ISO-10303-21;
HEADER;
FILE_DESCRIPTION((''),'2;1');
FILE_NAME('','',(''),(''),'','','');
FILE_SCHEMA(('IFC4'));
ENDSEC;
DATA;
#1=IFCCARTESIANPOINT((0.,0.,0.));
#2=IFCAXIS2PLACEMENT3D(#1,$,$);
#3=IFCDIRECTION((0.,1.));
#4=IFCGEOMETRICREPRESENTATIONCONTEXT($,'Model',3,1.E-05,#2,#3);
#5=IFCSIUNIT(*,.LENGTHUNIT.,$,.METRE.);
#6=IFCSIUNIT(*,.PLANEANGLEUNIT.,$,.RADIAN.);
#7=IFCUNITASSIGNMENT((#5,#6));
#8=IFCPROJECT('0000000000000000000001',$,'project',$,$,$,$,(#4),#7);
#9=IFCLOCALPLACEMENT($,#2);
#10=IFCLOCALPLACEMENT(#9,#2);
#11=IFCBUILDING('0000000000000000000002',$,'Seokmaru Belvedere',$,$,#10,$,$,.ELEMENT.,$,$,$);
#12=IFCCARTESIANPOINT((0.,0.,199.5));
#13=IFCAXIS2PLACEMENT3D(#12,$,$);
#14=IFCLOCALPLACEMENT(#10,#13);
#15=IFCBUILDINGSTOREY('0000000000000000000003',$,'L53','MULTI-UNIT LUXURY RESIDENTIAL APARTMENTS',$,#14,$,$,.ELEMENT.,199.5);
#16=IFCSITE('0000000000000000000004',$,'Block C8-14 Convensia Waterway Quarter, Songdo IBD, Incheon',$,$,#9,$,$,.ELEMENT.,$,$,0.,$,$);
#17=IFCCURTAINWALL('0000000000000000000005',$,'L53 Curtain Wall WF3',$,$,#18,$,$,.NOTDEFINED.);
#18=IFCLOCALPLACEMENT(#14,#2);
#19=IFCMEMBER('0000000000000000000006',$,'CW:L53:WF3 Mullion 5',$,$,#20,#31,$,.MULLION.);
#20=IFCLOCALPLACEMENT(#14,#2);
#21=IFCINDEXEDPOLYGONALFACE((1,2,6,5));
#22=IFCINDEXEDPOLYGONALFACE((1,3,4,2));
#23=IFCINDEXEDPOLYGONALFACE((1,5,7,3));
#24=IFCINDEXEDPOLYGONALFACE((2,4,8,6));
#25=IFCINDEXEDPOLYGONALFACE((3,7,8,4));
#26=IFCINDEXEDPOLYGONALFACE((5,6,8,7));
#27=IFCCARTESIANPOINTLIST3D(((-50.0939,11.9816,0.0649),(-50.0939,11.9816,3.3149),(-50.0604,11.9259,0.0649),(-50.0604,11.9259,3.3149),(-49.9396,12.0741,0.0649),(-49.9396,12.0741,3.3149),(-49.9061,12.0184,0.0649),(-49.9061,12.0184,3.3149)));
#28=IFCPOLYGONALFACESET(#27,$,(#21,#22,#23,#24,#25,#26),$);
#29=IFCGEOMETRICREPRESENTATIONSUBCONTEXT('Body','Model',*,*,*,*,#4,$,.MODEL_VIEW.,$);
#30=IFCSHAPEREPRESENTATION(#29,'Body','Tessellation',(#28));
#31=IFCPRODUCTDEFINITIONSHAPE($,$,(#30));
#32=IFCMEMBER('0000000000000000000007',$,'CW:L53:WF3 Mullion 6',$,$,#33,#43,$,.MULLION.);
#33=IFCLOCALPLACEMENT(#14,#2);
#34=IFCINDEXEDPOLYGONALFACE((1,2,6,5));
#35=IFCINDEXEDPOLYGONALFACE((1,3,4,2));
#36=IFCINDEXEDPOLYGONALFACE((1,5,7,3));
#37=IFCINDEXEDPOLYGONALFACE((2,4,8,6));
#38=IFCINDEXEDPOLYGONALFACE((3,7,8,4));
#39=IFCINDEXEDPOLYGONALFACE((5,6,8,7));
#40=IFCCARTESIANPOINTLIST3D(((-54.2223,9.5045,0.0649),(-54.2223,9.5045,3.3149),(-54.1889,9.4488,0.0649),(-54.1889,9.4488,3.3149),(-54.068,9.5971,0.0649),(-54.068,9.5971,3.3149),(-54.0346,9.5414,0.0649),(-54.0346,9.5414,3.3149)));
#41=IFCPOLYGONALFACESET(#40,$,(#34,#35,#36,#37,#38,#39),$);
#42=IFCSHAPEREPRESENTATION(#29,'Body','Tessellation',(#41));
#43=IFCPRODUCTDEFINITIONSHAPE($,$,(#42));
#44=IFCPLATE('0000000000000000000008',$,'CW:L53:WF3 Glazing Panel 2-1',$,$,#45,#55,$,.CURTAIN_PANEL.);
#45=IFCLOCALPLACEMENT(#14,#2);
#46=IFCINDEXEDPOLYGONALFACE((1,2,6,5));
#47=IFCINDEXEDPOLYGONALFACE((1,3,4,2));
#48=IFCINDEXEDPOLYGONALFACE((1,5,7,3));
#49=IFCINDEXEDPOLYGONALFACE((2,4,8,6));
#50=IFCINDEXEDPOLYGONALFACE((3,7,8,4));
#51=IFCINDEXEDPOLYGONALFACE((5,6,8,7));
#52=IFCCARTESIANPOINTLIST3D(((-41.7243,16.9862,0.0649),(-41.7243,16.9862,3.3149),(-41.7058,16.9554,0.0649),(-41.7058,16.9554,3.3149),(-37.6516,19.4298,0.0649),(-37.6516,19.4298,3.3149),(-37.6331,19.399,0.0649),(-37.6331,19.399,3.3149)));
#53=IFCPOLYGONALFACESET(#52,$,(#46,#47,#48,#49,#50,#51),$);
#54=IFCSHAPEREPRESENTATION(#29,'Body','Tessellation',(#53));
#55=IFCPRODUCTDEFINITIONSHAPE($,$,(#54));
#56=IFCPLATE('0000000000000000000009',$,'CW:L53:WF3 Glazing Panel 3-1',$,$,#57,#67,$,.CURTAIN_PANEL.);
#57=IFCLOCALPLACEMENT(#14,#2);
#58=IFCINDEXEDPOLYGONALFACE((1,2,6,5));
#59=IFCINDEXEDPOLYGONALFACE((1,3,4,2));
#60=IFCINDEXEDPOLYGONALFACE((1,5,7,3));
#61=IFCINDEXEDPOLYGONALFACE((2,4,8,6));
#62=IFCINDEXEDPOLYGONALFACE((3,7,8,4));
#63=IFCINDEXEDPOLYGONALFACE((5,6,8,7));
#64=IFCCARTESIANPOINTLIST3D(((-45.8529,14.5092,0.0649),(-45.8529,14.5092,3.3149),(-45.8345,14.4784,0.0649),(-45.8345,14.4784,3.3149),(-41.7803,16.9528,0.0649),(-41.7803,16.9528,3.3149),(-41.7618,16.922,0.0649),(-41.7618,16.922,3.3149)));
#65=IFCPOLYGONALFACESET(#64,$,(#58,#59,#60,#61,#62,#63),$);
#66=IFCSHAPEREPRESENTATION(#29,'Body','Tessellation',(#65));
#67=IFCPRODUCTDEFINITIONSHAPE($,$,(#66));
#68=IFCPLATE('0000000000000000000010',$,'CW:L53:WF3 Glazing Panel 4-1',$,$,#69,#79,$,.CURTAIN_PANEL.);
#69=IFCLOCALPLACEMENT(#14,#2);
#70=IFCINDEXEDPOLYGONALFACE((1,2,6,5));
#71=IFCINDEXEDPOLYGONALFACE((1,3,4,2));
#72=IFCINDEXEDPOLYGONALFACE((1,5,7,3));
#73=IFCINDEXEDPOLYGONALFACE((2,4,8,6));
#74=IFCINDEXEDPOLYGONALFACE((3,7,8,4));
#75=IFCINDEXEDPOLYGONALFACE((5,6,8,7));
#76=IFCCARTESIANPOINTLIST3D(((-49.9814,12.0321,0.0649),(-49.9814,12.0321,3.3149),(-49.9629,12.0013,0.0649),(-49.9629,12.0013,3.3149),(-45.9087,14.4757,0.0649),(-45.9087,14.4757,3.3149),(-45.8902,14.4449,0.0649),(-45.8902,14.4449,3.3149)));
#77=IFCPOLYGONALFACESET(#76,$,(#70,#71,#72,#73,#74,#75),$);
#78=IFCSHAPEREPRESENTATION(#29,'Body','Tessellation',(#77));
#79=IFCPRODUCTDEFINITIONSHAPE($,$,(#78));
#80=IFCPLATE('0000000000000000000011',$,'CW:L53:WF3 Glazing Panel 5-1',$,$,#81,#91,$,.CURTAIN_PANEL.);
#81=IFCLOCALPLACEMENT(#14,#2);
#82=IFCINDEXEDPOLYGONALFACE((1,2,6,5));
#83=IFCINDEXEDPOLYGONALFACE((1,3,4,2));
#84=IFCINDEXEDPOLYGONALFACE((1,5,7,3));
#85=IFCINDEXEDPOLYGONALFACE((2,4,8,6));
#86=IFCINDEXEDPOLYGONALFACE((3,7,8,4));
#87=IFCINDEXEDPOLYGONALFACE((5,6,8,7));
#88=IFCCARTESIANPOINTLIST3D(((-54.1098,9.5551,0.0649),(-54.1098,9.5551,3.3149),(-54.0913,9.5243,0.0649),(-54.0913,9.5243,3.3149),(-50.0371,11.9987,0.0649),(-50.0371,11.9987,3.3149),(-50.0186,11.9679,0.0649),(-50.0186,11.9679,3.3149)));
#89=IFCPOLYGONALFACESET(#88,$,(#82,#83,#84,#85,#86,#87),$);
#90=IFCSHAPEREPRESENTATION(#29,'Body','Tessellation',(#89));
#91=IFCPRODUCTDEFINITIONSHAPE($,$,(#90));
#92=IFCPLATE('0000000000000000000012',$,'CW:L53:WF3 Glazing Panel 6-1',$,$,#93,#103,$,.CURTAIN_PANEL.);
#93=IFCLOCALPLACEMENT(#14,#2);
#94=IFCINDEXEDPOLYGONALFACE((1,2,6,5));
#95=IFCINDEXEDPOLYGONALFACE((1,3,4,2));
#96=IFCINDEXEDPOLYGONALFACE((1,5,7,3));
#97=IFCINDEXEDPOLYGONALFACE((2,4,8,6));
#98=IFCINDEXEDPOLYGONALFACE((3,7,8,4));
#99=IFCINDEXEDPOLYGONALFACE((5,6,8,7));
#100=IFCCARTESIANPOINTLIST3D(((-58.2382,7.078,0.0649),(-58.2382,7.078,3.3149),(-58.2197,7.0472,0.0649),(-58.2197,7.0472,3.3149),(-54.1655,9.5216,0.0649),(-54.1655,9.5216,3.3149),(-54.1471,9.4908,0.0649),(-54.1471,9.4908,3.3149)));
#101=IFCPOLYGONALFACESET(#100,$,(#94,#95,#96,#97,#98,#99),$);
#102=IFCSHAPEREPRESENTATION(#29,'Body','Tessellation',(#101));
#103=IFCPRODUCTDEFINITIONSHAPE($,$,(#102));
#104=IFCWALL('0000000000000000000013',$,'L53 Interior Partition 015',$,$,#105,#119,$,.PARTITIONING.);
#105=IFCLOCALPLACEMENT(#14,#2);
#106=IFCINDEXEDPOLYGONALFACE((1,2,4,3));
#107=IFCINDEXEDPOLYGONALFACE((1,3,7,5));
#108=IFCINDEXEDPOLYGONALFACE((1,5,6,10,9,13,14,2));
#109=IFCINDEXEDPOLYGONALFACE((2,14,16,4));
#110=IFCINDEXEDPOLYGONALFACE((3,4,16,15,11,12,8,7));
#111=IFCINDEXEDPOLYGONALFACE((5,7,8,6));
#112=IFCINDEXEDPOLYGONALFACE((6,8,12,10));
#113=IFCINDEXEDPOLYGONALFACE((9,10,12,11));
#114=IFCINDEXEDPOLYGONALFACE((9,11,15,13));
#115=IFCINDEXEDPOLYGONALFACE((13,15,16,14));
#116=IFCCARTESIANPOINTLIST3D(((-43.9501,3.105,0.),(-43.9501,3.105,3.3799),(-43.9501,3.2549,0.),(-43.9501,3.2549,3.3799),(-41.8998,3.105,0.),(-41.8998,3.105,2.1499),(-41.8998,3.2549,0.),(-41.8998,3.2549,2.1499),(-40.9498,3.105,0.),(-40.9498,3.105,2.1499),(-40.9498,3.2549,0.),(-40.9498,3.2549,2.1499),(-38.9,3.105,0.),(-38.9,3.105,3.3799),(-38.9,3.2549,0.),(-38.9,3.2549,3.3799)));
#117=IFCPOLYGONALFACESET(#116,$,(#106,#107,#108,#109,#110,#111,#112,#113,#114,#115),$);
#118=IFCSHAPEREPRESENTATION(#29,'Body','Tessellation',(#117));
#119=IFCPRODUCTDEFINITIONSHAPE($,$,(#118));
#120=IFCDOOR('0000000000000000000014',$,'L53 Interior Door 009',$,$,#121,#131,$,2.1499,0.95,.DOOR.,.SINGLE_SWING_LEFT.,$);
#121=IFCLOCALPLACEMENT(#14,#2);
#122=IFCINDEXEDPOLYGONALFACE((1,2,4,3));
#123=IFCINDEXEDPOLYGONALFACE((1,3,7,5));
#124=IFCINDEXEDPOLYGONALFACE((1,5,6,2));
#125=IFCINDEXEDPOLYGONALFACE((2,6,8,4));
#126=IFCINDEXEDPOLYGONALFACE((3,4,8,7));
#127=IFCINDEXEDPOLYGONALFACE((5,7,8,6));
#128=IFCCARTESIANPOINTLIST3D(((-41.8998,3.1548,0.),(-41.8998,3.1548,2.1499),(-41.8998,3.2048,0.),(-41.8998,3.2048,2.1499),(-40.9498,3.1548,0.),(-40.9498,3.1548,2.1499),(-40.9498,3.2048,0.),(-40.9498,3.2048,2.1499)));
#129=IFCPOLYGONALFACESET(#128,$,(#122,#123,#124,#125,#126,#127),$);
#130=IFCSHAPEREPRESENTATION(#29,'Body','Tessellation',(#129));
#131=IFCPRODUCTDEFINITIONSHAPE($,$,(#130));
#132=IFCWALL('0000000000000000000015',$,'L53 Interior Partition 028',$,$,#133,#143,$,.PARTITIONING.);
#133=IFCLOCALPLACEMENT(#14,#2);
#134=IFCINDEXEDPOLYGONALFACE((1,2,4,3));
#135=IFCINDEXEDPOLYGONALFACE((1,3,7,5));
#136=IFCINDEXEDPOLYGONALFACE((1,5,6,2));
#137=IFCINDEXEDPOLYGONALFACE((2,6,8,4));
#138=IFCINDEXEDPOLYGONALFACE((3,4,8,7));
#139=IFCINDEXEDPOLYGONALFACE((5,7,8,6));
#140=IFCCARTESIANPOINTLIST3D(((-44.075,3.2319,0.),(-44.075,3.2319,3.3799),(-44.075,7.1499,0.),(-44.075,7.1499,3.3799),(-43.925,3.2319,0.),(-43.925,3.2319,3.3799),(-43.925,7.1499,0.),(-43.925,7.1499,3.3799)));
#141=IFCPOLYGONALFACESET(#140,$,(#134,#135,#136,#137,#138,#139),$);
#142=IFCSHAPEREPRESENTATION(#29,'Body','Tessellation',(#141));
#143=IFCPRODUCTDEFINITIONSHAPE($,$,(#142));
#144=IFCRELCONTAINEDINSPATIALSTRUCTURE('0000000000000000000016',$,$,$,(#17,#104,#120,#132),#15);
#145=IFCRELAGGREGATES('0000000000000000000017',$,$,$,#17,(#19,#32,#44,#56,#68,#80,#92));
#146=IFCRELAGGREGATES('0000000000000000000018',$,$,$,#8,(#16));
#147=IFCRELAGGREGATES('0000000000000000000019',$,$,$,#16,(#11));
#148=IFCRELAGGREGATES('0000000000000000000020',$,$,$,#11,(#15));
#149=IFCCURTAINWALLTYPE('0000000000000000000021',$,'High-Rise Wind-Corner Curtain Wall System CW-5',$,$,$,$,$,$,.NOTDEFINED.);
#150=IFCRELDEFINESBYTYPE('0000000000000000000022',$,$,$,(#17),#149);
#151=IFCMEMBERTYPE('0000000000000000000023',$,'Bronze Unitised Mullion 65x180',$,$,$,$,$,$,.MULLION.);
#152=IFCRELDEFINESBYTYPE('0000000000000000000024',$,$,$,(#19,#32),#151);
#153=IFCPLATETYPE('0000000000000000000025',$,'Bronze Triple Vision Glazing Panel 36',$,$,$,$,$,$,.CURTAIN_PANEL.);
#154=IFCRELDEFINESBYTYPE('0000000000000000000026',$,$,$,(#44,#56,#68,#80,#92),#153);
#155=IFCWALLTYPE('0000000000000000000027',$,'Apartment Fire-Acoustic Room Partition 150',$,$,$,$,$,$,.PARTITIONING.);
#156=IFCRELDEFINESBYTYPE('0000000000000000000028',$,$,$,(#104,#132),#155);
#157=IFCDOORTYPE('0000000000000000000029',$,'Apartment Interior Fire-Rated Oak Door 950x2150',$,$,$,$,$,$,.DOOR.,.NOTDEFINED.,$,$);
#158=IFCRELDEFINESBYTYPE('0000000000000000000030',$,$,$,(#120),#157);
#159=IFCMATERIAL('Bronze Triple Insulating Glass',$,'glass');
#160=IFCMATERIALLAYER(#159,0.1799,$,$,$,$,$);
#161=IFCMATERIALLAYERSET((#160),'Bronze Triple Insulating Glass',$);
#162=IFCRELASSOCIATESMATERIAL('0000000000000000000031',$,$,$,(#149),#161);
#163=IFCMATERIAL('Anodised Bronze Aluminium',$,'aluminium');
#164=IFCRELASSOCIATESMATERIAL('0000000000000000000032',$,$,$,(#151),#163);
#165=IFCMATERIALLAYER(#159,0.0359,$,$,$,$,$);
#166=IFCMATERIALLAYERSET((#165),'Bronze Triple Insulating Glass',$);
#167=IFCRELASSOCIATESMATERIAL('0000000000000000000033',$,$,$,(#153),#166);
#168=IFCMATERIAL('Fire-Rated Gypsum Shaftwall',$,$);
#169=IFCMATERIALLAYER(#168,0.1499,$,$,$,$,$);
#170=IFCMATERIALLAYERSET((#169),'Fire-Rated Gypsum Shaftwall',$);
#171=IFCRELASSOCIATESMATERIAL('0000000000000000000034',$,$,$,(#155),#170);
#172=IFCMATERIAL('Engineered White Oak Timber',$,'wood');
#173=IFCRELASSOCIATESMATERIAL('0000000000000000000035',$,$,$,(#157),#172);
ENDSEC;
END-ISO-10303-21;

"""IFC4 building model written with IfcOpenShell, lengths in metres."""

from ifc_helpers import new_model, si_unit, direction, frame, frame_2d, origin, origin_2d, place, context, subcontext, project, spatial, rectangle, extrude, source, transform, mapped, material, layer, layer_set, material_profile, profile_set, type_object, type_shapes, element, fill, aggregate, save


model = new_model("IFC4")

# Units and contexts
model_context = context("Model", 3, precision=1e-05, world=origin(), true_north=direction((0.0, 1.0)))
body_context = subcontext(model_context, "Body", "Model", "MODEL_VIEW")
ifc_project = project(units=[si_unit("LENGTHUNIT", "METRE"), si_unit("PLANEANGLEUNIT", "RADIAN")], contexts=[model_context])

# Site, building, storey
site_placement = place(None, origin())
site = spatial("IfcSite", under=ifc_project, at=site_placement, Name="Block C8-14 Convensia Waterway Quarter, Songdo IBD, Incheon", CompositionType="ELEMENT", RefElevation=0.0)
building_placement = place(site_placement, origin())
building = spatial("IfcBuilding", under=site, at=building_placement, Name="Seokmaru Belvedere", CompositionType="ELEMENT")
storey_placement = place(building_placement, frame((0.0, 0.0, 199.5)))
storey = spatial("IfcBuildingStorey", under=building, at=storey_placement, Name="L53", Description="MULTI-UNIT LUXURY RESIDENTIAL APARTMENTS", CompositionType="ELEMENT", Elevation=199.5)

# Curtain wall, members, plates
ifc_material_1 = material(Name="Bronze Triple Insulating Glass", Category="glass")
ifc_layer_1 = layer(ifc_material_1, 0.1799)
ifc_layer_set_1 = layer_set([ifc_layer_1], Name="Bronze Triple Insulating Glass")
curtain_wall_type = type_object("IfcCurtainWallType", Name="High-Rise Wind-Corner Curtain Wall System CW-5", PredefinedType="NOTDEFINED", material=ifc_layer_set_1)
curtain_wall_placement = place(storey_placement, origin())
curtain_wall = element("IfcCurtainWall", 1, at=curtain_wall_placement, inside=storey, type_object=curtain_wall_type, Name="L53 Curtain Wall WF3", PredefinedType="NOTDEFINED")
ifc_material_2 = material(Name="Anodised Bronze Aluminium", Category="aluminium")
ifc_material_profile_1 = material_profile(ifc_material_2, rectangle(XDim=0.0649, YDim=0.1799, at=origin_2d()), Name="CW-M-65x180")
ifc_profile_set_1 = profile_set([ifc_material_profile_1], Name="Anodised Bronze Aluminium")
member_type = type_object("IfcMemberType", Name="Bronze Unitised Mullion 65x180", PredefinedType="MULLION", material=ifc_profile_set_1)
shared_shape_1 = source(origin(), body_context, "Body", "SweptSolid", [
    extrude(rectangle(XDim=0.0649, YDim=0.1799, at=origin_2d()), origin(), (0.0, 0.0, 1.0), 3.25),
])
type_shapes(member_type, [shared_shape_1])
member_1_placement = place(storey_placement, frame((-50.0, 12.0, 0.0649), z_axis=(0.0, 0.0, 1.0), x_axis=(0.514495, -0.857493, 0.0)))
member_1 = element("IfcMember", 2, at=member_1_placement, type_object=member_type, Name="CW:L53:WF3 Mullion 5", PredefinedType="MULLION", context=body_context, shape_type="MappedRepresentation", body=[
    mapped(shared_shape_1, transform((0.0, 0.0, 0.0), scale=1.0)),
])
member_2_placement = place(storey_placement, frame((-54.1284, 9.5229, 0.0649), z_axis=(0.0, 0.0, 1.0), x_axis=(0.514495, -0.857493, 0.0)))
member_2 = element("IfcMember", 3, at=member_2_placement, type_object=member_type, Name="CW:L53:WF3 Mullion 6", PredefinedType="MULLION", context=body_context, shape_type="MappedRepresentation", body=[
    mapped(shared_shape_1, transform((0.0, 0.0, 0.0), scale=1.0)),
])
ifc_layer_2 = layer(ifc_material_1, 0.0359)
ifc_layer_set_2 = layer_set([ifc_layer_2], Name="Bronze Triple Insulating Glass")
plate_type = type_object("IfcPlateType", Name="Bronze Triple Vision Glazing Panel 36", PredefinedType="CURTAIN_PANEL", material=ifc_layer_set_2)
shared_shape_2 = source(origin(), body_context, "Body", "SweptSolid", [
    extrude(rectangle(XDim=4.7495, YDim=0.0359, at=origin_2d()), origin(), (0.0, 0.0, 1.0), 3.25),
])
type_shapes(plate_type, [shared_shape_2])
plate_1_placement = place(storey_placement, frame((-39.6787, 18.1926, 0.0649), z_axis=(0.0, 0.0, 1.0), x_axis=(-0.857493, -0.514495, 0.0)))
plate_1 = element("IfcPlate", 4, at=plate_1_placement, type_object=plate_type, Name="CW:L53:WF3 Glazing Panel 2-1", PredefinedType="CURTAIN_PANEL", context=body_context, shape_type="MappedRepresentation", body=[
    mapped(shared_shape_2, transform((0.0, 0.0, 0.0), scale=1.0)),
])
plate_2_placement = place(storey_placement, frame((-43.8074, 15.7156, 0.0649), z_axis=(0.0, 0.0, 1.0), x_axis=(-0.857493, -0.514495, 0.0)))
plate_2 = element("IfcPlate", 5, at=plate_2_placement, type_object=plate_type, Name="CW:L53:WF3 Glazing Panel 3-1", PredefinedType="CURTAIN_PANEL", context=body_context, shape_type="MappedRepresentation", body=[
    mapped(shared_shape_2, transform((0.0, 0.0, 0.0), scale=1.0)),
])
plate_3_placement = place(storey_placement, frame((-47.9358, 13.2385, 0.0649), z_axis=(0.0, 0.0, 1.0), x_axis=(-0.857493, -0.514495, 0.0)))
plate_3 = element("IfcPlate", 6, at=plate_3_placement, type_object=plate_type, Name="CW:L53:WF3 Glazing Panel 4-1", PredefinedType="CURTAIN_PANEL", context=body_context, shape_type="MappedRepresentation", body=[
    mapped(shared_shape_2, transform((0.0, 0.0, 0.0), scale=1.0)),
])
plate_4_placement = place(storey_placement, frame((-52.0642, 10.7615, 0.0649), z_axis=(0.0, 0.0, 1.0), x_axis=(-0.857493, -0.514495, 0.0)))
plate_4 = element("IfcPlate", 7, at=plate_4_placement, type_object=plate_type, Name="CW:L53:WF3 Glazing Panel 5-1", PredefinedType="CURTAIN_PANEL", context=body_context, shape_type="MappedRepresentation", body=[
    mapped(shared_shape_2, transform((0.0, 0.0, 0.0), scale=1.0)),
])
plate_5_placement = place(storey_placement, frame((-56.1926, 8.2844, 0.0649), z_axis=(0.0, 0.0, 1.0), x_axis=(-0.857493, -0.514495, 0.0)))
plate_5 = element("IfcPlate", 8, at=plate_5_placement, type_object=plate_type, Name="CW:L53:WF3 Glazing Panel 6-1", PredefinedType="CURTAIN_PANEL", context=body_context, shape_type="MappedRepresentation", body=[
    mapped(shared_shape_2, transform((0.0, 0.0, 0.0), scale=1.0)),
])
aggregate(curtain_wall, [member_1, member_2, plate_1, plate_2, plate_3, plate_4, plate_5])

# Wall, opening, door
ifc_material_3 = material(Name="Fire-Rated Gypsum Shaftwall")
ifc_layer_3 = layer(ifc_material_3, 0.1499)
ifc_layer_set_3 = layer_set([ifc_layer_3], Name="Fire-Rated Gypsum Shaftwall")
wall_type = type_object("IfcWallType", Name="Apartment Fire-Acoustic Room Partition 150", PredefinedType="PARTITIONING", material=ifc_layer_set_3)
wall_1_placement = place(storey_placement, frame((-43.95, 3.1799, 0.0), z_axis=(0.0, 0.0, 1.0), x_axis=(1.0, 0.0, 0.0)))
wall_1 = element("IfcWall", 9, at=wall_1_placement, inside=storey, type_object=wall_type, Name="L53 Interior Partition 015", PredefinedType="PARTITIONING", context=body_context, shape_type="SweptSolid", body=[
    extrude(rectangle(XDim=5.05, YDim=0.1499, at=frame_2d((2.5249, 0.0))), origin(), (0.0, 0.0, 1.0), 3.3799),
])
opening_placement = place(wall_1_placement, frame((2.05, 0.0, 0.0)))
opening = element("IfcOpeningElement", 10, at=opening_placement, cuts=wall_1, PredefinedType="OPENING", context=body_context, shape_type="SweptSolid", body=[
    extrude(rectangle(XDim=0.95, YDim=2.1499, at=frame_2d((0.4751, 1.075))), frame((0.0, 0.085, 0.0), z_axis=(0.0, -1.0, 0.0), x_axis=(1.0, 0.0, 0.0)), (0.0, 0.0, 1.0), 0.1699),
])
ifc_material_4 = material(Name="Engineered White Oak Timber", Category="wood")
door_type = type_object("IfcDoorType", Name="Apartment Interior Fire-Rated Oak Door 950x2150", OperationType="NOTDEFINED", PredefinedType="DOOR", material=ifc_material_4)
shared_shape_3 = source(origin(), body_context, "Body", "SweptSolid", [
    extrude(rectangle(XDim=0.95, YDim=2.1499, at=frame_2d((0.4751, 1.075))), frame((0.0, 0.0249, 0.0), z_axis=(0.0, -1.0, 0.0), x_axis=(1.0, 0.0, 0.0)), (0.0, 0.0, 1.0), 0.05),
])
type_shapes(door_type, [shared_shape_3])
door_placement = place(opening_placement, origin())
door = element("IfcDoor", 11, at=door_placement, inside=storey, type_object=door_type, Name="L53 Interior Door 009", OperationType="SINGLE_SWING_LEFT", OverallHeight=2.1499, OverallWidth=0.95, PredefinedType="DOOR", context=body_context, shape_type="MappedRepresentation", body=[
    mapped(shared_shape_3, transform((0.0, 0.0, 0.0), scale=1.0)),
])
fill(opening, door)

# Wall
wall_2_placement = place(storey_placement, frame((-44.0, 3.2319, 0.0), z_axis=(0.0, 0.0, 1.0), x_axis=(0.0, 1.0, 0.0)))
element("IfcWall", 12, at=wall_2_placement, inside=storey, type_object=wall_type, Name="L53 Interior Partition 028", PredefinedType="PARTITIONING", context=body_context, shape_type="SweptSolid", body=[
    extrude(rectangle(XDim=3.918, YDim=0.1499, at=frame_2d((1.959, 0.0))), origin(), (0.0, 0.0, 1.0), 3.3799),
])

save(model, "model.ifc")
